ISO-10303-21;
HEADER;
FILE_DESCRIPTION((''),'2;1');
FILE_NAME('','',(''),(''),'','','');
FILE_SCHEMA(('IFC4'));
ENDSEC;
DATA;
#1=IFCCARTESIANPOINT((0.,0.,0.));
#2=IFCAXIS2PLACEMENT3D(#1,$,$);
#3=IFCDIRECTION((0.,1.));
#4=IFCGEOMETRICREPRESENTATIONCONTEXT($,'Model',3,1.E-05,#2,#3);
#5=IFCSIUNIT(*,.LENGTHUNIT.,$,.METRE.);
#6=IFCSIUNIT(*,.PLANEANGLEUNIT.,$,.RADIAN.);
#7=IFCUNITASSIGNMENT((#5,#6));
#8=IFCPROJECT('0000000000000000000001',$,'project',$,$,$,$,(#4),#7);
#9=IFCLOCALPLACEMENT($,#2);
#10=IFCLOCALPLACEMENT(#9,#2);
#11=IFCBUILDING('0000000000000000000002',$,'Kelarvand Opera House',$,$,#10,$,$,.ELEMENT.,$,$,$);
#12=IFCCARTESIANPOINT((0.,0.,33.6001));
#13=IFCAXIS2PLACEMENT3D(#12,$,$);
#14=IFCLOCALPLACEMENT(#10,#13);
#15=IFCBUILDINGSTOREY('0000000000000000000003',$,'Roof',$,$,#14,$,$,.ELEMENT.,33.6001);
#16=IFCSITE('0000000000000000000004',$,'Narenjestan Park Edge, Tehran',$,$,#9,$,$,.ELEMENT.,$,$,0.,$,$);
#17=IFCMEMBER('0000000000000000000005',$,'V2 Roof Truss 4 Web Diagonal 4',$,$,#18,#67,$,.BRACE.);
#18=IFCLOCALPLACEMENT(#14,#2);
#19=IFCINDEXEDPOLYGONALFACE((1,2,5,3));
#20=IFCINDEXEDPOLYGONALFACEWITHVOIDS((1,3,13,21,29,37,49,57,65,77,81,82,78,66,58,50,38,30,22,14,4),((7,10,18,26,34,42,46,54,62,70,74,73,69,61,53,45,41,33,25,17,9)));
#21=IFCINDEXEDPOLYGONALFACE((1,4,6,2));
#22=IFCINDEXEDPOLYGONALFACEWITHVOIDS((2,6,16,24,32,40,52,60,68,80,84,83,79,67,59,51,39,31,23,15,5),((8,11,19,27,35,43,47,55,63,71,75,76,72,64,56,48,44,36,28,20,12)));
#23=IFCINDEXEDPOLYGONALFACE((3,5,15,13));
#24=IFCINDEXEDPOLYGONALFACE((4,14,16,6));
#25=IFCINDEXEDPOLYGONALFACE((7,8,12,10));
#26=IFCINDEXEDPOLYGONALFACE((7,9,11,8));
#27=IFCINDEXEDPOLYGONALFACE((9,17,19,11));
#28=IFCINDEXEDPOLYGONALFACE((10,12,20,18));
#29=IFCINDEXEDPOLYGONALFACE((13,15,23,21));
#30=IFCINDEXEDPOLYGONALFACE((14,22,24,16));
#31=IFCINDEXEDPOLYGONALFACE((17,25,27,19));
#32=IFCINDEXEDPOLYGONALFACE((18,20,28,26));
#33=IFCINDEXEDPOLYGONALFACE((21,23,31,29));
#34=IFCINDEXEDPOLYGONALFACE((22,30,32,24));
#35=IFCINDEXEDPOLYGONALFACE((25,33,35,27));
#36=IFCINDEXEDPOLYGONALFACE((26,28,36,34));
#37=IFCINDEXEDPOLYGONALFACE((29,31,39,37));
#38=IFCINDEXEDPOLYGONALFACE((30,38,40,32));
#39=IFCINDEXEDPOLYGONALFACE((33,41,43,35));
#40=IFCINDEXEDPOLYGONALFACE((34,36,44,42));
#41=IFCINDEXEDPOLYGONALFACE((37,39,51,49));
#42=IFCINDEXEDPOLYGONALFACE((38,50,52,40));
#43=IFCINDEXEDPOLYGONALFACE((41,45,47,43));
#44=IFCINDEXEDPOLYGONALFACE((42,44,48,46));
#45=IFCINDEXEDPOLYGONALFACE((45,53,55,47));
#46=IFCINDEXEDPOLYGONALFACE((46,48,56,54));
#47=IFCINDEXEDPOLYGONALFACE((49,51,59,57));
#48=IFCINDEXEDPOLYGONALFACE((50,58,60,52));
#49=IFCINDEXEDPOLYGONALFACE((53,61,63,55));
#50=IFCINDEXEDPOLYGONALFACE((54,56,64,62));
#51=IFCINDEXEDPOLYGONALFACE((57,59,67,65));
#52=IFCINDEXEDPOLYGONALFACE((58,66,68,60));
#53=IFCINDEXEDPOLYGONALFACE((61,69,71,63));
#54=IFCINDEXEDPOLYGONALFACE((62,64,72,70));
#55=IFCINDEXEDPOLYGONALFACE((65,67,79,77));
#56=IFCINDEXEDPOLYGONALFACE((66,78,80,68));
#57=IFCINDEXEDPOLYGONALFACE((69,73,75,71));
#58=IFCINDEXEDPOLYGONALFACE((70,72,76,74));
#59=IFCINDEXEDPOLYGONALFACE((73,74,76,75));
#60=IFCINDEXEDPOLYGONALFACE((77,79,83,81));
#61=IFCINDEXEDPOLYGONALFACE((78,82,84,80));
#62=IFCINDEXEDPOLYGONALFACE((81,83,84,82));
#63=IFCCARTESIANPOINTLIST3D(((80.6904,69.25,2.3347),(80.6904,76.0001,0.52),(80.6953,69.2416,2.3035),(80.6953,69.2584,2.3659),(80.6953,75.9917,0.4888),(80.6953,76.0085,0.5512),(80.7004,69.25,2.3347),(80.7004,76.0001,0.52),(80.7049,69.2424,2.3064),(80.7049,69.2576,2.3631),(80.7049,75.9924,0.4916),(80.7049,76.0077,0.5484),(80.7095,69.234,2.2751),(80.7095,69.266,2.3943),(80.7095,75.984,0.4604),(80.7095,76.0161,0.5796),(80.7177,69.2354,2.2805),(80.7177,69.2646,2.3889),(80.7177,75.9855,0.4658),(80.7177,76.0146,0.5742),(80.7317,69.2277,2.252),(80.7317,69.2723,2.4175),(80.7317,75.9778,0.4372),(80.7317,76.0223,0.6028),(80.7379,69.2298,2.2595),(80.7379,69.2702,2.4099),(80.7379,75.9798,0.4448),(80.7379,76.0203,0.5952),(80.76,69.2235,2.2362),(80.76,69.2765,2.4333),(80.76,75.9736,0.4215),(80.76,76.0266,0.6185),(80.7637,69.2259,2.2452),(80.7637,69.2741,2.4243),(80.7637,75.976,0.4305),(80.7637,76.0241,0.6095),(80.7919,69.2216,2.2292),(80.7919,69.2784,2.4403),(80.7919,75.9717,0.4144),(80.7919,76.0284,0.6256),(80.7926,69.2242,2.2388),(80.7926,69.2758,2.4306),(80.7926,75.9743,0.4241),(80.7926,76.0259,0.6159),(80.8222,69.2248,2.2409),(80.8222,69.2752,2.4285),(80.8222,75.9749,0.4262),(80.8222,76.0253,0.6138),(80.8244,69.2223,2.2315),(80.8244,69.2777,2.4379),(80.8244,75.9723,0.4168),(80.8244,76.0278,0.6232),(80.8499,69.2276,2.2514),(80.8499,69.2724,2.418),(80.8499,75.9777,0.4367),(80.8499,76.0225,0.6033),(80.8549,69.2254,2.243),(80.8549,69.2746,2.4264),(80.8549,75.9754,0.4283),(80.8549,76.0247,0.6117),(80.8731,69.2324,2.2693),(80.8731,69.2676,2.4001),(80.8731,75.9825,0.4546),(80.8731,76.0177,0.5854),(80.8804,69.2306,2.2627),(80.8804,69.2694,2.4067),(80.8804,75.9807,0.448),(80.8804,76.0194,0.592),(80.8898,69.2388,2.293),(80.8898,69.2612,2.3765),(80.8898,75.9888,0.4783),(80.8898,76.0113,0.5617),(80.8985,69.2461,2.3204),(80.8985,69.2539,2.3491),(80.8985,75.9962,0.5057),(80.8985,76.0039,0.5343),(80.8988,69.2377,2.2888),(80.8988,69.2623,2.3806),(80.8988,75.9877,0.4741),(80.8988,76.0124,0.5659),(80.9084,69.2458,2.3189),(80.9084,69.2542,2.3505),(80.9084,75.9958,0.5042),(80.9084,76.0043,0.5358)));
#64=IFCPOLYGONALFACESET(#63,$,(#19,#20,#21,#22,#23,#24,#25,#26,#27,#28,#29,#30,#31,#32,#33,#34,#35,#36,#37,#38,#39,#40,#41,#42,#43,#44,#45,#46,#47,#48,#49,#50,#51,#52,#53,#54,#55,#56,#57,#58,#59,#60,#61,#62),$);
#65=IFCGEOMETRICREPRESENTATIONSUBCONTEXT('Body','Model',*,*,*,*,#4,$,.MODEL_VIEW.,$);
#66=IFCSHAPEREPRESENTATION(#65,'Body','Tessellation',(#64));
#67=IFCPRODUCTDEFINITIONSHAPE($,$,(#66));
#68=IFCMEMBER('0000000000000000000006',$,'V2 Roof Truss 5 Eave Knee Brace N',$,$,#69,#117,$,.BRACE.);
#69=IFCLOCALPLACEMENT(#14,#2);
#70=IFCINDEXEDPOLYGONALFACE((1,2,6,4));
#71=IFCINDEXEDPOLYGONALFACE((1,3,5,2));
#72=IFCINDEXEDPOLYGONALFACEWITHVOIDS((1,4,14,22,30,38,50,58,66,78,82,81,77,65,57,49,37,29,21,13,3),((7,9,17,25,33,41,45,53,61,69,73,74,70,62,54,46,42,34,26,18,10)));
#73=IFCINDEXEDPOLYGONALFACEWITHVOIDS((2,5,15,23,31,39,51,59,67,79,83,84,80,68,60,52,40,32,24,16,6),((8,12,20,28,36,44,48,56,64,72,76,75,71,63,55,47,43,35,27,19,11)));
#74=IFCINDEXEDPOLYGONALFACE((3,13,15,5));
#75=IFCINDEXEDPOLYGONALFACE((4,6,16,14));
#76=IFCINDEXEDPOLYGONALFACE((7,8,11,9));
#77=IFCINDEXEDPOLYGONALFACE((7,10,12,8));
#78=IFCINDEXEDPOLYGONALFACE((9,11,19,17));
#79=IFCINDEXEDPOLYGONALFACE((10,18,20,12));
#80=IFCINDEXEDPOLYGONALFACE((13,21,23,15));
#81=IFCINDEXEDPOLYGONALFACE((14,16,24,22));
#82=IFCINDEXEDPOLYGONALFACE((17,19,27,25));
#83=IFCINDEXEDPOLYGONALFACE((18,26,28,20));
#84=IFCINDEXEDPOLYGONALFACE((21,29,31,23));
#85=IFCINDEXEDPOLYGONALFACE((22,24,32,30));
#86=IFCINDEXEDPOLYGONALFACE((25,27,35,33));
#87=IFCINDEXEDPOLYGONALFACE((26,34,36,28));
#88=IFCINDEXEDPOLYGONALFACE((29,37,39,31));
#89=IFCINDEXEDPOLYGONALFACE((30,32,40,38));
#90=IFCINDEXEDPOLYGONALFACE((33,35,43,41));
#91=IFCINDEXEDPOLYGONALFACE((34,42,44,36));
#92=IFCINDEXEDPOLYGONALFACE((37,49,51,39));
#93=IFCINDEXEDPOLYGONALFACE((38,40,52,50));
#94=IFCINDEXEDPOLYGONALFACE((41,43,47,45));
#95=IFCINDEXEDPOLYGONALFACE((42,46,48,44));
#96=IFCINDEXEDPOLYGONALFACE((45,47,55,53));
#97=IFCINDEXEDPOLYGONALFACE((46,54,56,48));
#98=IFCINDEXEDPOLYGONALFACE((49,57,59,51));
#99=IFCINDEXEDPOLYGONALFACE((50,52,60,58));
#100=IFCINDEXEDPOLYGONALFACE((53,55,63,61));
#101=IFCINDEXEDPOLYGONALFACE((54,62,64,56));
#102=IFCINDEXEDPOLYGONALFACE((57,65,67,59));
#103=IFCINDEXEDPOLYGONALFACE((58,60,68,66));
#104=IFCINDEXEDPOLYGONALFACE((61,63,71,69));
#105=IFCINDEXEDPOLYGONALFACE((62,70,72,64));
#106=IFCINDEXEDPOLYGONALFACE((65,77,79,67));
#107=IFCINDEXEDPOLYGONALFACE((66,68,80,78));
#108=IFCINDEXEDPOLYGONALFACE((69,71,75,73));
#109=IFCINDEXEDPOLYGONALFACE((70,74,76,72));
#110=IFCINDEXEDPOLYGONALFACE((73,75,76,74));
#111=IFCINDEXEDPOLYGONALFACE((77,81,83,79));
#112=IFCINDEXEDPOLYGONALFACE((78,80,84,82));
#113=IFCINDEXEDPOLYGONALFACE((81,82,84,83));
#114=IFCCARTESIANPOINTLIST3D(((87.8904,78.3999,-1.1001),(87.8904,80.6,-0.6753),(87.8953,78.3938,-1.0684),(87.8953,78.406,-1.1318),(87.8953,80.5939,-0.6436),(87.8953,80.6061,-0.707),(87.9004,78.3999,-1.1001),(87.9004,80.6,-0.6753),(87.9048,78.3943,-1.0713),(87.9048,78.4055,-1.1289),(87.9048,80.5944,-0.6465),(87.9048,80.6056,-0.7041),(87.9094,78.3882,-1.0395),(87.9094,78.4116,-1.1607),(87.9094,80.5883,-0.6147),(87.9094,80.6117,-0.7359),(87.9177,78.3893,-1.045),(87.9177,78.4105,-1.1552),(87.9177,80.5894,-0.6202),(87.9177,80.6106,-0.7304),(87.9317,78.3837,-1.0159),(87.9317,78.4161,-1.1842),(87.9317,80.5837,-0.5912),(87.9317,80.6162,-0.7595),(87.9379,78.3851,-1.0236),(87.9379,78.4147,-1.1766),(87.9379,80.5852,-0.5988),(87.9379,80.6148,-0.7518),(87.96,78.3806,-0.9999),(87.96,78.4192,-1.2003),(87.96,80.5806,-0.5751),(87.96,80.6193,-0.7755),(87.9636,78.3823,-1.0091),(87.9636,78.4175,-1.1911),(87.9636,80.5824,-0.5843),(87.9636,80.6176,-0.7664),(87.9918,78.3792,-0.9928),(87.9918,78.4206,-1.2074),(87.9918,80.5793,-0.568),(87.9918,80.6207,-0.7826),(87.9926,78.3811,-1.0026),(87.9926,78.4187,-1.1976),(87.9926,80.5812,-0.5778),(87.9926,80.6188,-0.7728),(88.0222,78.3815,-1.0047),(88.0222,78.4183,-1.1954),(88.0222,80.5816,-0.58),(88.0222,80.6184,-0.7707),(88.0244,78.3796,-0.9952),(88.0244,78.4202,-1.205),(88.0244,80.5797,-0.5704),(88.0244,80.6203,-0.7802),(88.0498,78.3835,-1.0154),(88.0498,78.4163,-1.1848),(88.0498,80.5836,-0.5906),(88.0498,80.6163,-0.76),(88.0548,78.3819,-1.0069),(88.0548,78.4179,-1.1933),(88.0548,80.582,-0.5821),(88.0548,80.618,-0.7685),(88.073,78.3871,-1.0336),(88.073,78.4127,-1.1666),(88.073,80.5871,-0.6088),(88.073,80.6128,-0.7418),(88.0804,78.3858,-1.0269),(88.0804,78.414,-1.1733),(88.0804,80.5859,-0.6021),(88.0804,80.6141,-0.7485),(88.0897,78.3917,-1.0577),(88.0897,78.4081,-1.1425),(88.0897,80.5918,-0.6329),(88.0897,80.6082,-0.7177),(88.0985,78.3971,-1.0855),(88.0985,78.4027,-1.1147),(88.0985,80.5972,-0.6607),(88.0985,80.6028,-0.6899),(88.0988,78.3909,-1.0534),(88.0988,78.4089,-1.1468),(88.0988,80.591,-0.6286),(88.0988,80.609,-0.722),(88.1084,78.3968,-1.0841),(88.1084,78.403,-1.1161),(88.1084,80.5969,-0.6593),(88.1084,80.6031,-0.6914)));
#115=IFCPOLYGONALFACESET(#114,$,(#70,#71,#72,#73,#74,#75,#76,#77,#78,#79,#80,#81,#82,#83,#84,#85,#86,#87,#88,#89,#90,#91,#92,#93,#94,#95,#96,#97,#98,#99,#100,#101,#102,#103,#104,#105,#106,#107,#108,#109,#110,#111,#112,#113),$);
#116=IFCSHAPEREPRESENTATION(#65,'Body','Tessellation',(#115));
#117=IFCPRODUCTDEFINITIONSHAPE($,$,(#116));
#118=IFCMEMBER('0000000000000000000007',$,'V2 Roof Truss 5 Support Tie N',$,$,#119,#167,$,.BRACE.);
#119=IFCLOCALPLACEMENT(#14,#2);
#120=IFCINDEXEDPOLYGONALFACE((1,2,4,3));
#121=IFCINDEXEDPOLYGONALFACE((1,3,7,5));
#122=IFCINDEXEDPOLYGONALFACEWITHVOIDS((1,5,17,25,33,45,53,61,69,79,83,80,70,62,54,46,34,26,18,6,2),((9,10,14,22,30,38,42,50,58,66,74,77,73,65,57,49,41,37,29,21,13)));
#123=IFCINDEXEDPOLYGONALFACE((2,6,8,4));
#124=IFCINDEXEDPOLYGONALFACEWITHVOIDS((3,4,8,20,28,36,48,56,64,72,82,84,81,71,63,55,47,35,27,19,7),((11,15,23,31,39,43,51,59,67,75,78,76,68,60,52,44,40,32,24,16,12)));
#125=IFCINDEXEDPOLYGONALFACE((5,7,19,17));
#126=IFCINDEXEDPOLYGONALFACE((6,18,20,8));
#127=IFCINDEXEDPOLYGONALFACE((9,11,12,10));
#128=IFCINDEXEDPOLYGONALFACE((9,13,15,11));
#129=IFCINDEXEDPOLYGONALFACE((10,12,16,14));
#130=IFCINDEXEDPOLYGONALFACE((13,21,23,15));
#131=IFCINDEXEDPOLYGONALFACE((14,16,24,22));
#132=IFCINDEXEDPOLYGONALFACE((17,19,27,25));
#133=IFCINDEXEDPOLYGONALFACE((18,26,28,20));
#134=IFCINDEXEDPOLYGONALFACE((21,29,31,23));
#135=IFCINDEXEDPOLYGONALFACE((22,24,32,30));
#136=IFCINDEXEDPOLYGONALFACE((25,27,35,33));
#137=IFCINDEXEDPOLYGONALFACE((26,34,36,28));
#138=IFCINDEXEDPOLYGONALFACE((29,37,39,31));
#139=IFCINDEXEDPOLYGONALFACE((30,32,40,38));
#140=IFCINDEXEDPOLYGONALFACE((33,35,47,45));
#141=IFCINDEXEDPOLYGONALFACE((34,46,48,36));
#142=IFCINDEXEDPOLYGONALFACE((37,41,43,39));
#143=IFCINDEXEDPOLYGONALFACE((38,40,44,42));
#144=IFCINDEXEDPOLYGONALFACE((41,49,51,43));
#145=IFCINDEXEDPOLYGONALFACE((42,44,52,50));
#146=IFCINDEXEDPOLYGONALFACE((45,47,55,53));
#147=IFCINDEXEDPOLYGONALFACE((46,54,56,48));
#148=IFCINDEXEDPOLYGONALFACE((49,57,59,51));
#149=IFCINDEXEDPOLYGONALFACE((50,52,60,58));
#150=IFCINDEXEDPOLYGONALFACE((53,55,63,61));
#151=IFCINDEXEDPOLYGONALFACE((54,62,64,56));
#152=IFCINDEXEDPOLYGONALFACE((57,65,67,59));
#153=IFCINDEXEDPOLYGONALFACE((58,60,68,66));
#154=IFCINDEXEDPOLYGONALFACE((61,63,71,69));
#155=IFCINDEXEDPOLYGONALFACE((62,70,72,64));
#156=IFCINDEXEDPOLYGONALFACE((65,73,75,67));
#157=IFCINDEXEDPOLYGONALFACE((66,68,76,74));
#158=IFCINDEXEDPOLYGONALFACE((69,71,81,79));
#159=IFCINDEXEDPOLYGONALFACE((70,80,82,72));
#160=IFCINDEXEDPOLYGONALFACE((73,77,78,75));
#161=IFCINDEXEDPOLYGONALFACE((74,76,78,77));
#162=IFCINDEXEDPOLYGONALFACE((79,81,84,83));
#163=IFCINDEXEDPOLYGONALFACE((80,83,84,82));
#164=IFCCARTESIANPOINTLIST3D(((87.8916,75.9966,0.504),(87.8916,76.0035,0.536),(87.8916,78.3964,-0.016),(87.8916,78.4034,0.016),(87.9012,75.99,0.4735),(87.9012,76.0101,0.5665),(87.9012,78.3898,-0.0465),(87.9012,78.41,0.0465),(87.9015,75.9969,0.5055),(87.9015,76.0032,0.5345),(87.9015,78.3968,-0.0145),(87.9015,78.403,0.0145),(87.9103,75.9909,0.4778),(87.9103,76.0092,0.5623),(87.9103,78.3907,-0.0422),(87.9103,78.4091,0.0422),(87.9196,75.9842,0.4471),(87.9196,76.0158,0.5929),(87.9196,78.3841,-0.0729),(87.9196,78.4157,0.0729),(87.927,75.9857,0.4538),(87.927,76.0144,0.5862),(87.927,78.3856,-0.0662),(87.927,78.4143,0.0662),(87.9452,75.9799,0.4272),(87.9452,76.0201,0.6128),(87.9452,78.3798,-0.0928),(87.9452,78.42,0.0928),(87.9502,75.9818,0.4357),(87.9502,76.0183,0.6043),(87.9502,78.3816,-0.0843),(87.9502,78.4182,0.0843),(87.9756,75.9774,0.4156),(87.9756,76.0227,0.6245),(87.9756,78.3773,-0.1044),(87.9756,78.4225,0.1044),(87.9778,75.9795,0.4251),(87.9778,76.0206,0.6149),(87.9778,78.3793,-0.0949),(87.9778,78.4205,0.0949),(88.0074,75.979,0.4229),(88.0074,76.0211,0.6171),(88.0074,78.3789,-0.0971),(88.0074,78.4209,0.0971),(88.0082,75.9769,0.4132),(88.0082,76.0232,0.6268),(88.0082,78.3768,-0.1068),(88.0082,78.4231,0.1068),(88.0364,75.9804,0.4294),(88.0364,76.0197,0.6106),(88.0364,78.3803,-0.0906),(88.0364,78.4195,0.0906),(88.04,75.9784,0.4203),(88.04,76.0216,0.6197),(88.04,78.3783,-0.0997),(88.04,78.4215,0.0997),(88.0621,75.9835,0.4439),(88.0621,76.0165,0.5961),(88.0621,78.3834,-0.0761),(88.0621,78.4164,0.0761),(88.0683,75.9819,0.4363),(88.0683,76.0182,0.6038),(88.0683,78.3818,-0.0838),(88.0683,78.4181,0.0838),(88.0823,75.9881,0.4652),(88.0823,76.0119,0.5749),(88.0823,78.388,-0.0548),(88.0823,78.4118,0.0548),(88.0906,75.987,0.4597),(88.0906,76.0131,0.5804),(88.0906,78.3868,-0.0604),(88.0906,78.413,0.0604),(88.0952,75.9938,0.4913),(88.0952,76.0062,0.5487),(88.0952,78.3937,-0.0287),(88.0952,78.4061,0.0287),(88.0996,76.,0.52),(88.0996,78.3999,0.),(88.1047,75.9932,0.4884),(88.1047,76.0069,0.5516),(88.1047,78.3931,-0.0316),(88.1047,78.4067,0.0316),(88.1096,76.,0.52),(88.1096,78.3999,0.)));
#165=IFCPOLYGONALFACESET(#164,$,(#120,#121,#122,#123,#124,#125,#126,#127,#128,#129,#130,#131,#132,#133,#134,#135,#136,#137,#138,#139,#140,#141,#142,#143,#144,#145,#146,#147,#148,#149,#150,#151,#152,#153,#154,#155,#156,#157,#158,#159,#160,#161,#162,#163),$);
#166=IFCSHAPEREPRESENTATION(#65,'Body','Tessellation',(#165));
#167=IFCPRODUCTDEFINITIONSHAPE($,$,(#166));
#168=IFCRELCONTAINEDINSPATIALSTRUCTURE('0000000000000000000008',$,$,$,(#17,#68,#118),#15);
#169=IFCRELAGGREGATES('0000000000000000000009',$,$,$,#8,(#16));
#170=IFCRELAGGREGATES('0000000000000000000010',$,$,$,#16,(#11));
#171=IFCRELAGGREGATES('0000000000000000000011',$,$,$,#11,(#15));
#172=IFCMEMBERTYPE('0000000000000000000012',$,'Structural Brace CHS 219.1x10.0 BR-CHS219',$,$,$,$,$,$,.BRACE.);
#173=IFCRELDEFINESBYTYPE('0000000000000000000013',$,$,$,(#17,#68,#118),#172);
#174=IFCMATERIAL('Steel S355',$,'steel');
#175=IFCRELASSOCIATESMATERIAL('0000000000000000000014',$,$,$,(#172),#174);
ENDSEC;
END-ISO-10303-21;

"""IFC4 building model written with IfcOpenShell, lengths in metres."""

from ifc_helpers import new_model, si_unit, direction, frame, origin, origin_2d, place, context, subcontext, project, spatial, hollow_circle, extrude, material, material_profile, profile_set, type_object, element, save


model = new_model("IFC4")

# Units and contexts
model_context = context("Model", 3, precision=1e-05, world=origin(), true_north=direction((0.0, 1.0)))
body_context = subcontext(model_context, "Body", "Model", "MODEL_VIEW")
ifc_project = project(units=[si_unit("LENGTHUNIT", "METRE"), si_unit("PLANEANGLEUNIT", "RADIAN")], contexts=[model_context])

# Site, building, storey
site_placement = place(None, origin())
site = spatial("IfcSite", under=ifc_project, at=site_placement, Name="Narenjestan Park Edge, Tehran", CompositionType="ELEMENT", RefElevation=0.0)
building_placement = place(site_placement, origin())
building = spatial("IfcBuilding", under=site, at=building_placement, Name="Kelarvand Opera House", CompositionType="ELEMENT")
storey_placement = place(building_placement, frame((0.0, 0.0, 33.6001)))
storey = spatial("IfcBuildingStorey", under=building, at=storey_placement, Name="Roof", CompositionType="ELEMENT", Elevation=33.6001)

# Members
ifc_material = material(Name="Steel S355", Category="steel")
ifc_material_profile_1 = material_profile(ifc_material, hollow_circle(Radius=0.1096, WallThickness=0.01, at=origin_2d()), Name="CHS 219.1x10.0", Category="steel")
ifc_profile_set_1 = profile_set([ifc_material_profile_1], Name="Steel S355")
member_type_1 = type_object("IfcMemberType", Name="Structural Brace CHS 219.1x10.0 BR-CHS219", PredefinedType="BRACE", material=ifc_profile_set_1)
member_1_placement = place(storey_placement, frame((80.8, 69.25, 2.3347), z_axis=(0.0, 0.965709, -0.259625), x_axis=(-1.0, 0.0, 0.0)))
element("IfcMember", 1, at=member_1_placement, inside=storey, type_object=member_type_1, Name="V2 Roof Truss 4 Web Diagonal 4", PredefinedType="BRACE", context=body_context, shape_type="SweptSolid", body=[
    extrude(hollow_circle(Radius=0.1096, WallThickness=0.01, at=origin_2d()), origin(), (0.0, 0.0, 1.0), 6.9897),
])
member_2_placement = place(storey_placement, frame((88.0, 78.3999, -1.1001), z_axis=(0.0, 0.981866, 0.189575), x_axis=(-1.0, 0.0, 0.0)))
element("IfcMember", 2, at=member_2_placement, inside=storey, type_object=member_type_1, Name="V2 Roof Truss 5 Eave Knee Brace N", PredefinedType="BRACE", context=body_context, shape_type="SweptSolid", body=[
    extrude(hollow_circle(Radius=0.1096, WallThickness=0.01, at=origin_2d()), origin(), (0.0, 0.0, 1.0), 2.2407),
])
member_3_placement = place(storey_placement, frame((88.0, 78.3999, 0.0), z_axis=(0.0, -0.97732, 0.211769), x_axis=(1.0, 0.0, 0.0)))
element("IfcMember", 3, at=member_3_placement, inside=storey, type_object=member_type_1, Name="V2 Roof Truss 5 Support Tie N", PredefinedType="BRACE", context=body_context, shape_type="SweptSolid", body=[
    extrude(hollow_circle(Radius=0.1096, WallThickness=0.01, at=origin_2d()), origin(), (0.0, 0.0, 1.0), 2.4556),
])

save(model, "model.ifc")
